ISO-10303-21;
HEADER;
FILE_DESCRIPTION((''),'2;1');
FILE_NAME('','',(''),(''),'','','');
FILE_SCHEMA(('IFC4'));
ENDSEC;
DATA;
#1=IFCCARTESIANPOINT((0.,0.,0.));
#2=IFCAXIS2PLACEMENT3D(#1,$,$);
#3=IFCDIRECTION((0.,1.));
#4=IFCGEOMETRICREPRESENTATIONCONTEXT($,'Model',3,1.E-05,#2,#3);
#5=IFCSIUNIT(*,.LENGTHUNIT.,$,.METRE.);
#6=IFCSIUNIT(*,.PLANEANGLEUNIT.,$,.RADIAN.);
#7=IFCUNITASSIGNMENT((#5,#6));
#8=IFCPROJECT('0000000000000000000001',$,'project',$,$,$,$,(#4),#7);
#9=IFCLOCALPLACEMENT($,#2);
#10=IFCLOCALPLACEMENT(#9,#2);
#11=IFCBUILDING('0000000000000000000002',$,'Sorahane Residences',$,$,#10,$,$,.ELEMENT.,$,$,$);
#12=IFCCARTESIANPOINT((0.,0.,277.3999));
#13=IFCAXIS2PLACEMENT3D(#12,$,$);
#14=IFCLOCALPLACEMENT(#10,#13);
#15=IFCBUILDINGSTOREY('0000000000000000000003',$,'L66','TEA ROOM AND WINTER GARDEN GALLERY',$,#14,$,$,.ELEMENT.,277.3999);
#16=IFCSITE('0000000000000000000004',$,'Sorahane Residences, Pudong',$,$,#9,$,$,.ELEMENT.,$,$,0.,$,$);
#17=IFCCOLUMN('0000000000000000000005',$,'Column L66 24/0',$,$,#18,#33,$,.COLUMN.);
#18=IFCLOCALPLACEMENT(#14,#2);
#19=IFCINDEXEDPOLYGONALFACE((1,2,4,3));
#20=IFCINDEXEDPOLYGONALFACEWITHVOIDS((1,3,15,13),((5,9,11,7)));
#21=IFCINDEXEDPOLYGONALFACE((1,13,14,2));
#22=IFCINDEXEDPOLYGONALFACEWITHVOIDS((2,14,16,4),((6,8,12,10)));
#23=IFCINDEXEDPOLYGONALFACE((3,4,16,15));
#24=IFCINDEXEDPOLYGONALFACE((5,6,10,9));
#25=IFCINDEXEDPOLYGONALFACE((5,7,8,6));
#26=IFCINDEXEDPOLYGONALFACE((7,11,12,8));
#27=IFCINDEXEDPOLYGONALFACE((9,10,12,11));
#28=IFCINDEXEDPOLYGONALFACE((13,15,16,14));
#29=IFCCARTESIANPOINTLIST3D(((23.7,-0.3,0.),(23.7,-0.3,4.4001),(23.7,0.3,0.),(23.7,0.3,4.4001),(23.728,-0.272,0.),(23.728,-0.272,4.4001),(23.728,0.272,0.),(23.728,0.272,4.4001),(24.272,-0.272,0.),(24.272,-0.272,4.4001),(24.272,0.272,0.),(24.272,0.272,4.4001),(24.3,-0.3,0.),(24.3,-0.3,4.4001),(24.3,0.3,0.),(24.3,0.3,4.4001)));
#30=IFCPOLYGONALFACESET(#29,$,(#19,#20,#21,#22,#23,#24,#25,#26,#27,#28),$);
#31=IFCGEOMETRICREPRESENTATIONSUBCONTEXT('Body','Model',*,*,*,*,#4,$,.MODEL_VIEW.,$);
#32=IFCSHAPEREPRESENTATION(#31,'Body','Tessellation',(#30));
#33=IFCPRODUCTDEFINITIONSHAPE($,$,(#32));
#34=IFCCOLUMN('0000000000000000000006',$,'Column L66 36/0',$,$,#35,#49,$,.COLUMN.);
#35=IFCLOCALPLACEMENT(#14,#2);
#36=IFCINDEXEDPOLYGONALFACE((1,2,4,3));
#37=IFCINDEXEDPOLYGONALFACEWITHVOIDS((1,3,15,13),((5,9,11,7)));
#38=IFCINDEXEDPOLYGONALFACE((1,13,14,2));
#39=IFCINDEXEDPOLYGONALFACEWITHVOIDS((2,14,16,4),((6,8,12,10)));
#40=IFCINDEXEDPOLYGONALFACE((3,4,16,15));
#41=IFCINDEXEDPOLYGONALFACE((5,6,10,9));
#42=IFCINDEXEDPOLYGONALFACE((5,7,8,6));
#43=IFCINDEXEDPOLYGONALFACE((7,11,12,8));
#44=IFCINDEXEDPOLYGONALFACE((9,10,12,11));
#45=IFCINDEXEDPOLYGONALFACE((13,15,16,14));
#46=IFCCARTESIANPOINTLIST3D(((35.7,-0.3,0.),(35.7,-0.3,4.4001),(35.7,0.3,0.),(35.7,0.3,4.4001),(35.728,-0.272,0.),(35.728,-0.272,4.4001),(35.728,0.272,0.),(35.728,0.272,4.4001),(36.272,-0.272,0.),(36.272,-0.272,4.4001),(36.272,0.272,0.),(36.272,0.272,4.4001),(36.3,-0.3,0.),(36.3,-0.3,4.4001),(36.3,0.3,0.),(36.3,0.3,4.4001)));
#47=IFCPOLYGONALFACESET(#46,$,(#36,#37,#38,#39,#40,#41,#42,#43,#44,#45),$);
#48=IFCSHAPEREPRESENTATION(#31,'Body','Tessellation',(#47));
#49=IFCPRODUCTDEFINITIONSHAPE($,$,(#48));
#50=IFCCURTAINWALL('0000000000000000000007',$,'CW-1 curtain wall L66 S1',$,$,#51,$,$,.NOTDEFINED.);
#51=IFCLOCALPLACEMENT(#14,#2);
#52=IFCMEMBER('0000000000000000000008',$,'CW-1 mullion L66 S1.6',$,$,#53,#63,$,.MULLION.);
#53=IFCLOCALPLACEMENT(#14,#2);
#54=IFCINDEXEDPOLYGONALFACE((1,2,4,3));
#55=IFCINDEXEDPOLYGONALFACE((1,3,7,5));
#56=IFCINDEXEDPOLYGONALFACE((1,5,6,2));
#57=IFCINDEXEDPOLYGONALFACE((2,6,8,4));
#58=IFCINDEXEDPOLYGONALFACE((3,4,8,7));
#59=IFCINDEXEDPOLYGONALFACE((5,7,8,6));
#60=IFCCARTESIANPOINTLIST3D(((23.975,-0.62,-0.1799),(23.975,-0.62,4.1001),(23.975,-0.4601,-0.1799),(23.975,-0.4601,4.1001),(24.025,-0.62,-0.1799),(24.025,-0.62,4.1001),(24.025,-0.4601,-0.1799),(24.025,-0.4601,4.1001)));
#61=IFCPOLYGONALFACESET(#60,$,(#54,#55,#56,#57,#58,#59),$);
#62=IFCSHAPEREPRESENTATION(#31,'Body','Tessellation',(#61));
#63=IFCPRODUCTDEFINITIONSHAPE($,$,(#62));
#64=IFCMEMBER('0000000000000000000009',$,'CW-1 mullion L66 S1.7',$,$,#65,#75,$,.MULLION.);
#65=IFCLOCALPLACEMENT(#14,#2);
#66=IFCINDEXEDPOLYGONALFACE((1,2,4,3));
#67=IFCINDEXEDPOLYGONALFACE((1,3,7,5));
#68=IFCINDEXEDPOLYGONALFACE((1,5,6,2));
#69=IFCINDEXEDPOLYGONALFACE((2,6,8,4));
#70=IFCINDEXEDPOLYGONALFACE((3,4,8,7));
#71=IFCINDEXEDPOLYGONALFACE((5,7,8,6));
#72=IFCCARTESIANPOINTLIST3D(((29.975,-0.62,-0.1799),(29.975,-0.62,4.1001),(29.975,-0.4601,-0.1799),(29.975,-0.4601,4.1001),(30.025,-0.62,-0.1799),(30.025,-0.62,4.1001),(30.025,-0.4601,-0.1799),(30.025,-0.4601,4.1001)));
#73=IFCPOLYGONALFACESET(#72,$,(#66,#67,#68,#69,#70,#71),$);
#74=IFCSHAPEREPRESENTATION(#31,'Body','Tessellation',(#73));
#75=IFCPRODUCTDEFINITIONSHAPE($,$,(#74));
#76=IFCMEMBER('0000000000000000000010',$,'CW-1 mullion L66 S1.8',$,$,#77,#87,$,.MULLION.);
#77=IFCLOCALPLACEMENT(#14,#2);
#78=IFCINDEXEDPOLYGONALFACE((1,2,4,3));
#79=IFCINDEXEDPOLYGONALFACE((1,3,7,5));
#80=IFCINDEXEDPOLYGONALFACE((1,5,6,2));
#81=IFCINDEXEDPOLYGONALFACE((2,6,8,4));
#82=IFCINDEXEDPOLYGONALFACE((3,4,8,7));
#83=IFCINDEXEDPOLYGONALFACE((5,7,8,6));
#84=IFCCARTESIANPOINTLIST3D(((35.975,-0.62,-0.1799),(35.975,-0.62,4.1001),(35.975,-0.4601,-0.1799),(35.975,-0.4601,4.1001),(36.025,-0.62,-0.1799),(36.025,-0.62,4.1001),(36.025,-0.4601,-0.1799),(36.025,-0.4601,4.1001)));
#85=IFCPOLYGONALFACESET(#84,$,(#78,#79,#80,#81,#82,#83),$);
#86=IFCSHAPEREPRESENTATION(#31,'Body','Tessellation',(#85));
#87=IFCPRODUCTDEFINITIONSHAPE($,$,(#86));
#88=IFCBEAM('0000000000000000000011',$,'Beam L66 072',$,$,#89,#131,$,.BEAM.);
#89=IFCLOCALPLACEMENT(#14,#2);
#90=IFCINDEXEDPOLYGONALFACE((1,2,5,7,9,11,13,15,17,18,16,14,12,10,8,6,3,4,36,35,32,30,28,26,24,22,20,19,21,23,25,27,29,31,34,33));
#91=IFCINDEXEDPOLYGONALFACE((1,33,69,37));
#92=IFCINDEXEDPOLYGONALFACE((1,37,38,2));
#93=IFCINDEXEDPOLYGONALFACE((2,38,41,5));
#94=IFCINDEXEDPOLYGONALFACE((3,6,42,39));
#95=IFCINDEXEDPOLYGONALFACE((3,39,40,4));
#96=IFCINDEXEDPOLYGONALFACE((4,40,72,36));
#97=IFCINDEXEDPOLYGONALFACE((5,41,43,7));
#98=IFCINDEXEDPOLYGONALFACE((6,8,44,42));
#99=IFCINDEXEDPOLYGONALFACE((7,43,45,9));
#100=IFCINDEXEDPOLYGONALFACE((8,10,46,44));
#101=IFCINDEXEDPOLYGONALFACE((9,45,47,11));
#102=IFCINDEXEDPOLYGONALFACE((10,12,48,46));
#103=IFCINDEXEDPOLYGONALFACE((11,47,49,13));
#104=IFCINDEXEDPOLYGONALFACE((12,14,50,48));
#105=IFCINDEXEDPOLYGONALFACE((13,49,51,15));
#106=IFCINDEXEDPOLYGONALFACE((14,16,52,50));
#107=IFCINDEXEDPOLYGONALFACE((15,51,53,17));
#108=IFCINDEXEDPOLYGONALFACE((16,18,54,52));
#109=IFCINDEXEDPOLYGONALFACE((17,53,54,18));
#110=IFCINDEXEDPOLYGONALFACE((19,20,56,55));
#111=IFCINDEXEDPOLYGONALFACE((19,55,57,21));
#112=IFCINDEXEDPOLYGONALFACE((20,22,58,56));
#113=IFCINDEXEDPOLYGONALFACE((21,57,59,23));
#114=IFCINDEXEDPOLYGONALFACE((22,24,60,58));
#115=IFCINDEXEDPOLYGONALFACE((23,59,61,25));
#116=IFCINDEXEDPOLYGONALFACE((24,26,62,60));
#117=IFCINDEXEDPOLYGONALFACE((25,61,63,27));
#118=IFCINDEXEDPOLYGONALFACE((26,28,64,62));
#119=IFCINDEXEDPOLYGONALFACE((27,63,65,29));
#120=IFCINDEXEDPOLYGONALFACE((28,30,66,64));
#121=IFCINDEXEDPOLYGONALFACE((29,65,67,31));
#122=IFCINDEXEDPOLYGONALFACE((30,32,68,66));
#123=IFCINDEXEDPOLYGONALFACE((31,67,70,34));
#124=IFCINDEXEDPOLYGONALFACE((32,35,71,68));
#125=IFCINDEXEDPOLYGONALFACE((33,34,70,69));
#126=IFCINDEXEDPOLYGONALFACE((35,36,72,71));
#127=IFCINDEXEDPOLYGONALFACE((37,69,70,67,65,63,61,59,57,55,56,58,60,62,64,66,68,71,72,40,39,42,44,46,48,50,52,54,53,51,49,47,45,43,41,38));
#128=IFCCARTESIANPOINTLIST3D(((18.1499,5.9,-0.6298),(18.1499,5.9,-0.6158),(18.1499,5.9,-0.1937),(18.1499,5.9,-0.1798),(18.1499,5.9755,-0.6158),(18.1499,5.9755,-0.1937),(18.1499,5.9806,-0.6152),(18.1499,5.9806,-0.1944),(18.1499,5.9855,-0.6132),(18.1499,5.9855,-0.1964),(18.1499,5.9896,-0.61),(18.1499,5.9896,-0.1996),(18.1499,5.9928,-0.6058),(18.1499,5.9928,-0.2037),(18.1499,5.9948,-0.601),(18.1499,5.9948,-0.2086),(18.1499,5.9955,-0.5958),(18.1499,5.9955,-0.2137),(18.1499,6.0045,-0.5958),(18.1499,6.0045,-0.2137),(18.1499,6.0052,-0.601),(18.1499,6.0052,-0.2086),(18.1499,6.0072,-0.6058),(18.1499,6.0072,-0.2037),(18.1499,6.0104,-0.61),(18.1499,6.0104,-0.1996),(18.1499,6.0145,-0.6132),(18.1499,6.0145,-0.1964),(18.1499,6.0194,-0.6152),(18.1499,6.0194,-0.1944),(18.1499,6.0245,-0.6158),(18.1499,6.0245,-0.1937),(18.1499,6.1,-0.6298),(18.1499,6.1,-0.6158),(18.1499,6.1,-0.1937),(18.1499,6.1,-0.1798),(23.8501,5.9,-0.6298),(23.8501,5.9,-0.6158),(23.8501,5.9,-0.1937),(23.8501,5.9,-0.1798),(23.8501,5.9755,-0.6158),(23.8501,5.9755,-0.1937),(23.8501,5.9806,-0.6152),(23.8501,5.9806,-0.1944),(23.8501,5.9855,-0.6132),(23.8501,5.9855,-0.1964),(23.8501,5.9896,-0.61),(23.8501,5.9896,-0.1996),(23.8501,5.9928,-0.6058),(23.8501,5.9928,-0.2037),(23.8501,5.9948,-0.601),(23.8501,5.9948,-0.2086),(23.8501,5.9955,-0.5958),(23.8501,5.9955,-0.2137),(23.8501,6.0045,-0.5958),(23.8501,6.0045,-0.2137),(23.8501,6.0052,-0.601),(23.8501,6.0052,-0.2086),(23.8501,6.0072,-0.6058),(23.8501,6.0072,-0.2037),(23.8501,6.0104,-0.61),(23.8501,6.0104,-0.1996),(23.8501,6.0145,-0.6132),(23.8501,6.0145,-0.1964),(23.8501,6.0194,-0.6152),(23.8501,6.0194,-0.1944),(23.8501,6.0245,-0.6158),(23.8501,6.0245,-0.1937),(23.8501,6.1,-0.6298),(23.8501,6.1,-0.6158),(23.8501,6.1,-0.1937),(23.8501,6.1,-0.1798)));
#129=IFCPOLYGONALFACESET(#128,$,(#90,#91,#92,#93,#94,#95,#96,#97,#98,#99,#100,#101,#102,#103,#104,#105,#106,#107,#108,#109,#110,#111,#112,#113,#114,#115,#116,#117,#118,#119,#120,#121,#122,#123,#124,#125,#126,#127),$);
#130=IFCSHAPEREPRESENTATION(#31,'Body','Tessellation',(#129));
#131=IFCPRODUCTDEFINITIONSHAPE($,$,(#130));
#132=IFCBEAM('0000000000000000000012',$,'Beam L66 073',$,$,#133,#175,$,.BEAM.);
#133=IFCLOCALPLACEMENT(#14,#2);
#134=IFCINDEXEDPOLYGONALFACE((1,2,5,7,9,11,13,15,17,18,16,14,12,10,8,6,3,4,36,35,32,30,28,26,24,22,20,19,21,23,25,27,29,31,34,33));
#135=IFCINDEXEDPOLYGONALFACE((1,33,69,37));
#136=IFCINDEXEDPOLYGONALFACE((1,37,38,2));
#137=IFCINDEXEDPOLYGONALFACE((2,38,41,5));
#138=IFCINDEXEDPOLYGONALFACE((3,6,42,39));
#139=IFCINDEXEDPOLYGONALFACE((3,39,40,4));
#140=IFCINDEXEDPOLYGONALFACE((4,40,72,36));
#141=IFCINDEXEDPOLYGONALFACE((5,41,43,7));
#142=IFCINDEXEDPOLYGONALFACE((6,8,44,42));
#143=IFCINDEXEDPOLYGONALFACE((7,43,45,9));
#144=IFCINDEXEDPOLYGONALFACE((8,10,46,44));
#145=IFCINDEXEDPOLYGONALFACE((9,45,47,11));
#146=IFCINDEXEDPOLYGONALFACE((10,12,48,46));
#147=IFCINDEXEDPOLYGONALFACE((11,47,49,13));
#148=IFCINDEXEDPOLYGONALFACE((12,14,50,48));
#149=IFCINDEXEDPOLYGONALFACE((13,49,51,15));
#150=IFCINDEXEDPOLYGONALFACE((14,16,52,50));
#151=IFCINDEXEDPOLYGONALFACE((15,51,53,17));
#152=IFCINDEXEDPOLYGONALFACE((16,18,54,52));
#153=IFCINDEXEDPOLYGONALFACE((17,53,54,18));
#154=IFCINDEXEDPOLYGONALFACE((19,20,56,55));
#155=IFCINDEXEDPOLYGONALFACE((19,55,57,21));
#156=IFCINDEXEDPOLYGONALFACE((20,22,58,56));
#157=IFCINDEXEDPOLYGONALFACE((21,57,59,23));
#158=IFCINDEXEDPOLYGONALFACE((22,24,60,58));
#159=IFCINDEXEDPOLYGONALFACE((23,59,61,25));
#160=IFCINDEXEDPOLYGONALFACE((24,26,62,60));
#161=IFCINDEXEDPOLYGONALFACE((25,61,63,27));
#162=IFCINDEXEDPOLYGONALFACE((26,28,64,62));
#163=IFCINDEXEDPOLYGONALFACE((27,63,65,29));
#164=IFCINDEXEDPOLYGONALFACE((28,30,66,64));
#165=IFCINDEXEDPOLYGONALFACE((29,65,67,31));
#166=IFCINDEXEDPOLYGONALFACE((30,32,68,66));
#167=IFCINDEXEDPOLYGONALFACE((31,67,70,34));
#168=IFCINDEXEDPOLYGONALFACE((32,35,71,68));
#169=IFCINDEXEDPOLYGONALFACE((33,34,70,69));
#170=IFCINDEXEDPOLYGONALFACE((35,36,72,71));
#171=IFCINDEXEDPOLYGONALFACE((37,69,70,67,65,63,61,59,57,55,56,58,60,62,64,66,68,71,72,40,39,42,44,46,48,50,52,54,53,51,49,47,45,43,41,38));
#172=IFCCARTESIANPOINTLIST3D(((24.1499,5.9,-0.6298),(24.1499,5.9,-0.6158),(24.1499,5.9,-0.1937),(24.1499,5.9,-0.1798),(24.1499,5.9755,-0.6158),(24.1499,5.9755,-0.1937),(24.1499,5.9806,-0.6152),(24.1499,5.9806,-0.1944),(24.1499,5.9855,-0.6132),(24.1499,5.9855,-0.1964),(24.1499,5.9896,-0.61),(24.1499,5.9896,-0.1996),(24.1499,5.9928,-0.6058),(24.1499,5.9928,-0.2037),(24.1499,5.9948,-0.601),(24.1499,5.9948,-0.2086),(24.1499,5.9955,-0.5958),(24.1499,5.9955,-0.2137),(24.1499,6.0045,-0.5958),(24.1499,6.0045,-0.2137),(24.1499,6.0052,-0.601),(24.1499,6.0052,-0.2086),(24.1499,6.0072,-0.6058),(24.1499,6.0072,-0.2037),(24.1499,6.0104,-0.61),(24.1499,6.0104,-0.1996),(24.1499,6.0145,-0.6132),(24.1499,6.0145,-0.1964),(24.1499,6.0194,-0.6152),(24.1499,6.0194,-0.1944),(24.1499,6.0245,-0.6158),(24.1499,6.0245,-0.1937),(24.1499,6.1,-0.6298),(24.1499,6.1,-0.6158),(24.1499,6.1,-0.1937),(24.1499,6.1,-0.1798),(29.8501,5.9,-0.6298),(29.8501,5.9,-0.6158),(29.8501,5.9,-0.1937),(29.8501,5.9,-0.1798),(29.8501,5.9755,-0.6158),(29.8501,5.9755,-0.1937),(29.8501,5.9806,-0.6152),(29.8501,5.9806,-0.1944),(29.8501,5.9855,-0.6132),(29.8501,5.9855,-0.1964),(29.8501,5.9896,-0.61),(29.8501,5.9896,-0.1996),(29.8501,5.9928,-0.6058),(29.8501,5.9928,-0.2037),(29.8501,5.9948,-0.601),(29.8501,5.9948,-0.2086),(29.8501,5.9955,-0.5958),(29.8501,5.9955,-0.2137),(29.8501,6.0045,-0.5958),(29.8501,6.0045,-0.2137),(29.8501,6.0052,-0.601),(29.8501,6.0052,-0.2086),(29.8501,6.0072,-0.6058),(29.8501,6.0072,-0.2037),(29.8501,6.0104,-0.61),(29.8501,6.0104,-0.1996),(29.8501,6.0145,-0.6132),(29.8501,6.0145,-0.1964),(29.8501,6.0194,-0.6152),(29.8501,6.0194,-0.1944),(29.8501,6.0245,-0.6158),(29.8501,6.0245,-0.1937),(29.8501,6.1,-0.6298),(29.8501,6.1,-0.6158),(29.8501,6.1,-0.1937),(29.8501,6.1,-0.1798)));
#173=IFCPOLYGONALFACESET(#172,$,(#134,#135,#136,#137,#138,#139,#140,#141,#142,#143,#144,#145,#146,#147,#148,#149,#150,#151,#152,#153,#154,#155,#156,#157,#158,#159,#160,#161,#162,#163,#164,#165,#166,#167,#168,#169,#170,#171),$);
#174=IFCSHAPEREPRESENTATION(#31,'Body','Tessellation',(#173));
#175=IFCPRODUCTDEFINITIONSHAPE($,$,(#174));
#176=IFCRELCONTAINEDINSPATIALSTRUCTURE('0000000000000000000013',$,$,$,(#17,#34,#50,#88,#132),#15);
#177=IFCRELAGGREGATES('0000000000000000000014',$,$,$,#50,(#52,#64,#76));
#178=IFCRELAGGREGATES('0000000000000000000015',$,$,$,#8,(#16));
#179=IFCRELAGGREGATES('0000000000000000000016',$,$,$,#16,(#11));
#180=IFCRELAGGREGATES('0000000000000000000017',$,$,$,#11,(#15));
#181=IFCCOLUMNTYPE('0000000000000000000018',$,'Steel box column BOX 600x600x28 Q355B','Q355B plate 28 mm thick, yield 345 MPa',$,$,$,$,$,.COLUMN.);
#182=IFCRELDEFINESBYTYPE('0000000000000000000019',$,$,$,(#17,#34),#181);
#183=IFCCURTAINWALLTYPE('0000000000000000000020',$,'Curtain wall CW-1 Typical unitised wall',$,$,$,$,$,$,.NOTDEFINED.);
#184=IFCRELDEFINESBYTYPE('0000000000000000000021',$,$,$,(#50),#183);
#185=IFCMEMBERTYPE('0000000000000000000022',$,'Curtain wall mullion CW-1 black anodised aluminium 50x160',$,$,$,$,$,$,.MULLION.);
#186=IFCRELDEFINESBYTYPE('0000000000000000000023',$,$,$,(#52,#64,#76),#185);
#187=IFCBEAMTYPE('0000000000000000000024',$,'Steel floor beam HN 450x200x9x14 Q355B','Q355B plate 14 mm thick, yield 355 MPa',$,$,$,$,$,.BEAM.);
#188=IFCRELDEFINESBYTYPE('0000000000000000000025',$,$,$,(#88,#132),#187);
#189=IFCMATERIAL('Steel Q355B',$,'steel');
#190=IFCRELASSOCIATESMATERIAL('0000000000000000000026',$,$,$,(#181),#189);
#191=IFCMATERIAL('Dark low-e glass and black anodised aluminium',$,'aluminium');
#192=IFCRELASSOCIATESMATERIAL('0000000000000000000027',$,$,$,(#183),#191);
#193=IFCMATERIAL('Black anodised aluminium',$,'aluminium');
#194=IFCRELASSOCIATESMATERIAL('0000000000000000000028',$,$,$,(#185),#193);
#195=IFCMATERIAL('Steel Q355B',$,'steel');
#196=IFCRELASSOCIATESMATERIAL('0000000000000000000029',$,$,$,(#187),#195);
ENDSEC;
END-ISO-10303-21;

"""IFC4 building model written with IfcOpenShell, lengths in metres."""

from ifc_helpers import new_model, si_unit, direction, frame, origin, origin_2d, place, context, subcontext, project, spatial, rectangle, hollow_rectangle, i_section, extrude, material, material_profile, profile_set, type_object, element, aggregate, save


model = new_model("IFC4")

# Units and contexts
model_context = context("Model", 3, precision=1e-05, world=origin(), true_north=direction((0.0, 1.0)))
body_context = subcontext(model_context, "Body", "Model", "MODEL_VIEW")
ifc_project = project(units=[si_unit("LENGTHUNIT", "METRE"), si_unit("PLANEANGLEUNIT", "RADIAN")], contexts=[model_context])

# Site, building, storey
site_placement = place(None, origin())
site = spatial("IfcSite", under=ifc_project, at=site_placement, Name="Sorahane Residences, Pudong", CompositionType="ELEMENT", RefElevation=0.0)
building_placement = place(site_placement, origin())
building = spatial("IfcBuilding", under=site, at=building_placement, Name="Sorahane Residences", CompositionType="ELEMENT")
storey_placement = place(building_placement, frame((0.0, 0.0, 277.3999)))
storey = spatial("IfcBuildingStorey", under=building, at=storey_placement, Name="L66", Description="TEA ROOM AND WINTER GARDEN GALLERY", CompositionType="ELEMENT", Elevation=277.3999)

# Columns
ifc_material_1 = material(Name="Steel Q355B", Category="steel")
ifc_material_profile_1 = material_profile(ifc_material_1, hollow_rectangle(XDim=0.6001, YDim=0.6001, WallThickness=0.0281, at=origin_2d()), Name="BOX 600x600x28")
ifc_profile_set_1 = profile_set([ifc_material_profile_1], Name="Steel Q355B")
column_type = type_object("IfcColumnType", Name="Steel box column BOX 600x600x28 Q355B", Description="Q355B plate 28 mm thick, yield 345 MPa", PredefinedType="COLUMN", material=ifc_profile_set_1)
for number, where, z_axis, x_axis, name in (
    (1, (24.0, 0.0, 0.0), (0.0, 0.0, 1.0), (1.0, 0.0, 0.0), "Column L66 24/0"),
    (2, (36.0, 0.0, 0.0), (0.0, 0.0, 1.0), (1.0, 0.0, 0.0), "Column L66 36/0"),
):
    element("IfcColumn", number, at=place(storey_placement, frame(where, z_axis=z_axis, x_axis=x_axis)), inside=storey, type_object=column_type, Name=name, PredefinedType="COLUMN", context=body_context, shape_type="SweptSolid", body=[
        extrude(hollow_rectangle(XDim=0.6001, YDim=0.6001, WallThickness=0.0281, at=origin_2d()), origin(), (0.0, 0.0, 1.0), 4.4001),
    ])

# Curtain wall, members
ifc_material_2 = material(Name="Dark low-e glass and black anodised aluminium", Category="aluminium")
curtain_wall_type = type_object("IfcCurtainWallType", Name="Curtain wall CW-1 Typical unitised wall", PredefinedType="NOTDEFINED", material=ifc_material_2)
curtain_wall_placement = place(storey_placement, origin())
curtain_wall = element("IfcCurtainWall", 3, at=curtain_wall_placement, inside=storey, type_object=curtain_wall_type, Name="CW-1 curtain wall L66 S1", PredefinedType="NOTDEFINED")
ifc_material_3 = material(Name="Black anodised aluminium", Category="aluminium")
ifc_material_profile_2 = material_profile(ifc_material_3, rectangle(XDim=0.1599, YDim=0.05, at=origin_2d()), Name="Curtain wall mullion CW-1 black anodised aluminium 50x160")
ifc_profile_set_2 = profile_set([ifc_material_profile_2], Name="Black anodised aluminium")
member_type = type_object("IfcMemberType", Name="Curtain wall mullion CW-1 black anodised aluminium 50x160", PredefinedType="MULLION", material=ifc_profile_set_2)
member_1_placement = place(storey_placement, frame((24.0, -0.54, -0.1799), z_axis=(0.0, 0.0, 1.0), x_axis=(0.0, -1.0, 0.0)))
member_1 = element("IfcMember", 4, at=member_1_placement, type_object=member_type, Name="CW-1 mullion L66 S1.6", PredefinedType="MULLION", context=body_context, shape_type="SweptSolid", body=[
    extrude(rectangle(XDim=0.1599, YDim=0.05, at=origin_2d()), origin(), (0.0, 0.0, 1.0), 4.28),
])
member_2_placement = place(storey_placement, frame((30.0, -0.54, -0.1799), z_axis=(0.0, 0.0, 1.0), x_axis=(0.0, -1.0, 0.0)))
member_2 = element("IfcMember", 5, at=member_2_placement, type_object=member_type, Name="CW-1 mullion L66 S1.7", PredefinedType="MULLION", context=body_context, shape_type="SweptSolid", body=[
    extrude(rectangle(XDim=0.1599, YDim=0.05, at=origin_2d()), origin(), (0.0, 0.0, 1.0), 4.28),
])
member_3_placement = place(storey_placement, frame((36.0, -0.54, -0.1799), z_axis=(0.0, 0.0, 1.0), x_axis=(0.0, -1.0, 0.0)))
member_3 = element("IfcMember", 6, at=member_3_placement, type_object=member_type, Name="CW-1 mullion L66 S1.8", PredefinedType="MULLION", context=body_context, shape_type="SweptSolid", body=[
    extrude(rectangle(XDim=0.1599, YDim=0.05, at=origin_2d()), origin(), (0.0, 0.0, 1.0), 4.28),
])

# Beams
ifc_material_4 = material(Name="Steel Q355B", Category="steel")
ifc_material_profile_3 = material_profile(ifc_material_4, i_section(OverallWidth=0.2, OverallDepth=0.45, WebThickness=0.009, FlangeThickness=0.0139, FilletRadius=0.02, at=origin_2d()), Name="HN 450x200x9x14")
ifc_profile_set_3 = profile_set([ifc_material_profile_3], Name="Steel Q355B")
beam_type_1 = type_object("IfcBeamType", Name="Steel floor beam HN 450x200x9x14 Q355B", Description="Q355B plate 14 mm thick, yield 355 MPa", PredefinedType="BEAM", material=ifc_profile_set_3)
for number, where, z_axis, x_axis, name in (
    (7, (18.1499, 6.0, -0.4048), (1.0, 0.0, 0.0), (0.0, 1.0, 0.0), "Beam L66 072"),
    (8, (24.1499, 6.0, -0.4048), (1.0, 0.0, 0.0), (0.0, 1.0, 0.0), "Beam L66 073"),
):
    element("IfcBeam", number, at=place(storey_placement, frame(where, z_axis=z_axis, x_axis=x_axis)), inside=storey, type_object=beam_type_1, Name=name, PredefinedType="BEAM", context=body_context, shape_type="SweptSolid", body=[
        extrude(i_section(OverallWidth=0.2, OverallDepth=0.45, WebThickness=0.009, FlangeThickness=0.0139, FilletRadius=0.02, at=origin_2d()), origin(), (0.0, 0.0, 1.0), 5.7002),
    ])

aggregate(curtain_wall, [member_1, member_2, member_3])

save(model, "model.ifc")
